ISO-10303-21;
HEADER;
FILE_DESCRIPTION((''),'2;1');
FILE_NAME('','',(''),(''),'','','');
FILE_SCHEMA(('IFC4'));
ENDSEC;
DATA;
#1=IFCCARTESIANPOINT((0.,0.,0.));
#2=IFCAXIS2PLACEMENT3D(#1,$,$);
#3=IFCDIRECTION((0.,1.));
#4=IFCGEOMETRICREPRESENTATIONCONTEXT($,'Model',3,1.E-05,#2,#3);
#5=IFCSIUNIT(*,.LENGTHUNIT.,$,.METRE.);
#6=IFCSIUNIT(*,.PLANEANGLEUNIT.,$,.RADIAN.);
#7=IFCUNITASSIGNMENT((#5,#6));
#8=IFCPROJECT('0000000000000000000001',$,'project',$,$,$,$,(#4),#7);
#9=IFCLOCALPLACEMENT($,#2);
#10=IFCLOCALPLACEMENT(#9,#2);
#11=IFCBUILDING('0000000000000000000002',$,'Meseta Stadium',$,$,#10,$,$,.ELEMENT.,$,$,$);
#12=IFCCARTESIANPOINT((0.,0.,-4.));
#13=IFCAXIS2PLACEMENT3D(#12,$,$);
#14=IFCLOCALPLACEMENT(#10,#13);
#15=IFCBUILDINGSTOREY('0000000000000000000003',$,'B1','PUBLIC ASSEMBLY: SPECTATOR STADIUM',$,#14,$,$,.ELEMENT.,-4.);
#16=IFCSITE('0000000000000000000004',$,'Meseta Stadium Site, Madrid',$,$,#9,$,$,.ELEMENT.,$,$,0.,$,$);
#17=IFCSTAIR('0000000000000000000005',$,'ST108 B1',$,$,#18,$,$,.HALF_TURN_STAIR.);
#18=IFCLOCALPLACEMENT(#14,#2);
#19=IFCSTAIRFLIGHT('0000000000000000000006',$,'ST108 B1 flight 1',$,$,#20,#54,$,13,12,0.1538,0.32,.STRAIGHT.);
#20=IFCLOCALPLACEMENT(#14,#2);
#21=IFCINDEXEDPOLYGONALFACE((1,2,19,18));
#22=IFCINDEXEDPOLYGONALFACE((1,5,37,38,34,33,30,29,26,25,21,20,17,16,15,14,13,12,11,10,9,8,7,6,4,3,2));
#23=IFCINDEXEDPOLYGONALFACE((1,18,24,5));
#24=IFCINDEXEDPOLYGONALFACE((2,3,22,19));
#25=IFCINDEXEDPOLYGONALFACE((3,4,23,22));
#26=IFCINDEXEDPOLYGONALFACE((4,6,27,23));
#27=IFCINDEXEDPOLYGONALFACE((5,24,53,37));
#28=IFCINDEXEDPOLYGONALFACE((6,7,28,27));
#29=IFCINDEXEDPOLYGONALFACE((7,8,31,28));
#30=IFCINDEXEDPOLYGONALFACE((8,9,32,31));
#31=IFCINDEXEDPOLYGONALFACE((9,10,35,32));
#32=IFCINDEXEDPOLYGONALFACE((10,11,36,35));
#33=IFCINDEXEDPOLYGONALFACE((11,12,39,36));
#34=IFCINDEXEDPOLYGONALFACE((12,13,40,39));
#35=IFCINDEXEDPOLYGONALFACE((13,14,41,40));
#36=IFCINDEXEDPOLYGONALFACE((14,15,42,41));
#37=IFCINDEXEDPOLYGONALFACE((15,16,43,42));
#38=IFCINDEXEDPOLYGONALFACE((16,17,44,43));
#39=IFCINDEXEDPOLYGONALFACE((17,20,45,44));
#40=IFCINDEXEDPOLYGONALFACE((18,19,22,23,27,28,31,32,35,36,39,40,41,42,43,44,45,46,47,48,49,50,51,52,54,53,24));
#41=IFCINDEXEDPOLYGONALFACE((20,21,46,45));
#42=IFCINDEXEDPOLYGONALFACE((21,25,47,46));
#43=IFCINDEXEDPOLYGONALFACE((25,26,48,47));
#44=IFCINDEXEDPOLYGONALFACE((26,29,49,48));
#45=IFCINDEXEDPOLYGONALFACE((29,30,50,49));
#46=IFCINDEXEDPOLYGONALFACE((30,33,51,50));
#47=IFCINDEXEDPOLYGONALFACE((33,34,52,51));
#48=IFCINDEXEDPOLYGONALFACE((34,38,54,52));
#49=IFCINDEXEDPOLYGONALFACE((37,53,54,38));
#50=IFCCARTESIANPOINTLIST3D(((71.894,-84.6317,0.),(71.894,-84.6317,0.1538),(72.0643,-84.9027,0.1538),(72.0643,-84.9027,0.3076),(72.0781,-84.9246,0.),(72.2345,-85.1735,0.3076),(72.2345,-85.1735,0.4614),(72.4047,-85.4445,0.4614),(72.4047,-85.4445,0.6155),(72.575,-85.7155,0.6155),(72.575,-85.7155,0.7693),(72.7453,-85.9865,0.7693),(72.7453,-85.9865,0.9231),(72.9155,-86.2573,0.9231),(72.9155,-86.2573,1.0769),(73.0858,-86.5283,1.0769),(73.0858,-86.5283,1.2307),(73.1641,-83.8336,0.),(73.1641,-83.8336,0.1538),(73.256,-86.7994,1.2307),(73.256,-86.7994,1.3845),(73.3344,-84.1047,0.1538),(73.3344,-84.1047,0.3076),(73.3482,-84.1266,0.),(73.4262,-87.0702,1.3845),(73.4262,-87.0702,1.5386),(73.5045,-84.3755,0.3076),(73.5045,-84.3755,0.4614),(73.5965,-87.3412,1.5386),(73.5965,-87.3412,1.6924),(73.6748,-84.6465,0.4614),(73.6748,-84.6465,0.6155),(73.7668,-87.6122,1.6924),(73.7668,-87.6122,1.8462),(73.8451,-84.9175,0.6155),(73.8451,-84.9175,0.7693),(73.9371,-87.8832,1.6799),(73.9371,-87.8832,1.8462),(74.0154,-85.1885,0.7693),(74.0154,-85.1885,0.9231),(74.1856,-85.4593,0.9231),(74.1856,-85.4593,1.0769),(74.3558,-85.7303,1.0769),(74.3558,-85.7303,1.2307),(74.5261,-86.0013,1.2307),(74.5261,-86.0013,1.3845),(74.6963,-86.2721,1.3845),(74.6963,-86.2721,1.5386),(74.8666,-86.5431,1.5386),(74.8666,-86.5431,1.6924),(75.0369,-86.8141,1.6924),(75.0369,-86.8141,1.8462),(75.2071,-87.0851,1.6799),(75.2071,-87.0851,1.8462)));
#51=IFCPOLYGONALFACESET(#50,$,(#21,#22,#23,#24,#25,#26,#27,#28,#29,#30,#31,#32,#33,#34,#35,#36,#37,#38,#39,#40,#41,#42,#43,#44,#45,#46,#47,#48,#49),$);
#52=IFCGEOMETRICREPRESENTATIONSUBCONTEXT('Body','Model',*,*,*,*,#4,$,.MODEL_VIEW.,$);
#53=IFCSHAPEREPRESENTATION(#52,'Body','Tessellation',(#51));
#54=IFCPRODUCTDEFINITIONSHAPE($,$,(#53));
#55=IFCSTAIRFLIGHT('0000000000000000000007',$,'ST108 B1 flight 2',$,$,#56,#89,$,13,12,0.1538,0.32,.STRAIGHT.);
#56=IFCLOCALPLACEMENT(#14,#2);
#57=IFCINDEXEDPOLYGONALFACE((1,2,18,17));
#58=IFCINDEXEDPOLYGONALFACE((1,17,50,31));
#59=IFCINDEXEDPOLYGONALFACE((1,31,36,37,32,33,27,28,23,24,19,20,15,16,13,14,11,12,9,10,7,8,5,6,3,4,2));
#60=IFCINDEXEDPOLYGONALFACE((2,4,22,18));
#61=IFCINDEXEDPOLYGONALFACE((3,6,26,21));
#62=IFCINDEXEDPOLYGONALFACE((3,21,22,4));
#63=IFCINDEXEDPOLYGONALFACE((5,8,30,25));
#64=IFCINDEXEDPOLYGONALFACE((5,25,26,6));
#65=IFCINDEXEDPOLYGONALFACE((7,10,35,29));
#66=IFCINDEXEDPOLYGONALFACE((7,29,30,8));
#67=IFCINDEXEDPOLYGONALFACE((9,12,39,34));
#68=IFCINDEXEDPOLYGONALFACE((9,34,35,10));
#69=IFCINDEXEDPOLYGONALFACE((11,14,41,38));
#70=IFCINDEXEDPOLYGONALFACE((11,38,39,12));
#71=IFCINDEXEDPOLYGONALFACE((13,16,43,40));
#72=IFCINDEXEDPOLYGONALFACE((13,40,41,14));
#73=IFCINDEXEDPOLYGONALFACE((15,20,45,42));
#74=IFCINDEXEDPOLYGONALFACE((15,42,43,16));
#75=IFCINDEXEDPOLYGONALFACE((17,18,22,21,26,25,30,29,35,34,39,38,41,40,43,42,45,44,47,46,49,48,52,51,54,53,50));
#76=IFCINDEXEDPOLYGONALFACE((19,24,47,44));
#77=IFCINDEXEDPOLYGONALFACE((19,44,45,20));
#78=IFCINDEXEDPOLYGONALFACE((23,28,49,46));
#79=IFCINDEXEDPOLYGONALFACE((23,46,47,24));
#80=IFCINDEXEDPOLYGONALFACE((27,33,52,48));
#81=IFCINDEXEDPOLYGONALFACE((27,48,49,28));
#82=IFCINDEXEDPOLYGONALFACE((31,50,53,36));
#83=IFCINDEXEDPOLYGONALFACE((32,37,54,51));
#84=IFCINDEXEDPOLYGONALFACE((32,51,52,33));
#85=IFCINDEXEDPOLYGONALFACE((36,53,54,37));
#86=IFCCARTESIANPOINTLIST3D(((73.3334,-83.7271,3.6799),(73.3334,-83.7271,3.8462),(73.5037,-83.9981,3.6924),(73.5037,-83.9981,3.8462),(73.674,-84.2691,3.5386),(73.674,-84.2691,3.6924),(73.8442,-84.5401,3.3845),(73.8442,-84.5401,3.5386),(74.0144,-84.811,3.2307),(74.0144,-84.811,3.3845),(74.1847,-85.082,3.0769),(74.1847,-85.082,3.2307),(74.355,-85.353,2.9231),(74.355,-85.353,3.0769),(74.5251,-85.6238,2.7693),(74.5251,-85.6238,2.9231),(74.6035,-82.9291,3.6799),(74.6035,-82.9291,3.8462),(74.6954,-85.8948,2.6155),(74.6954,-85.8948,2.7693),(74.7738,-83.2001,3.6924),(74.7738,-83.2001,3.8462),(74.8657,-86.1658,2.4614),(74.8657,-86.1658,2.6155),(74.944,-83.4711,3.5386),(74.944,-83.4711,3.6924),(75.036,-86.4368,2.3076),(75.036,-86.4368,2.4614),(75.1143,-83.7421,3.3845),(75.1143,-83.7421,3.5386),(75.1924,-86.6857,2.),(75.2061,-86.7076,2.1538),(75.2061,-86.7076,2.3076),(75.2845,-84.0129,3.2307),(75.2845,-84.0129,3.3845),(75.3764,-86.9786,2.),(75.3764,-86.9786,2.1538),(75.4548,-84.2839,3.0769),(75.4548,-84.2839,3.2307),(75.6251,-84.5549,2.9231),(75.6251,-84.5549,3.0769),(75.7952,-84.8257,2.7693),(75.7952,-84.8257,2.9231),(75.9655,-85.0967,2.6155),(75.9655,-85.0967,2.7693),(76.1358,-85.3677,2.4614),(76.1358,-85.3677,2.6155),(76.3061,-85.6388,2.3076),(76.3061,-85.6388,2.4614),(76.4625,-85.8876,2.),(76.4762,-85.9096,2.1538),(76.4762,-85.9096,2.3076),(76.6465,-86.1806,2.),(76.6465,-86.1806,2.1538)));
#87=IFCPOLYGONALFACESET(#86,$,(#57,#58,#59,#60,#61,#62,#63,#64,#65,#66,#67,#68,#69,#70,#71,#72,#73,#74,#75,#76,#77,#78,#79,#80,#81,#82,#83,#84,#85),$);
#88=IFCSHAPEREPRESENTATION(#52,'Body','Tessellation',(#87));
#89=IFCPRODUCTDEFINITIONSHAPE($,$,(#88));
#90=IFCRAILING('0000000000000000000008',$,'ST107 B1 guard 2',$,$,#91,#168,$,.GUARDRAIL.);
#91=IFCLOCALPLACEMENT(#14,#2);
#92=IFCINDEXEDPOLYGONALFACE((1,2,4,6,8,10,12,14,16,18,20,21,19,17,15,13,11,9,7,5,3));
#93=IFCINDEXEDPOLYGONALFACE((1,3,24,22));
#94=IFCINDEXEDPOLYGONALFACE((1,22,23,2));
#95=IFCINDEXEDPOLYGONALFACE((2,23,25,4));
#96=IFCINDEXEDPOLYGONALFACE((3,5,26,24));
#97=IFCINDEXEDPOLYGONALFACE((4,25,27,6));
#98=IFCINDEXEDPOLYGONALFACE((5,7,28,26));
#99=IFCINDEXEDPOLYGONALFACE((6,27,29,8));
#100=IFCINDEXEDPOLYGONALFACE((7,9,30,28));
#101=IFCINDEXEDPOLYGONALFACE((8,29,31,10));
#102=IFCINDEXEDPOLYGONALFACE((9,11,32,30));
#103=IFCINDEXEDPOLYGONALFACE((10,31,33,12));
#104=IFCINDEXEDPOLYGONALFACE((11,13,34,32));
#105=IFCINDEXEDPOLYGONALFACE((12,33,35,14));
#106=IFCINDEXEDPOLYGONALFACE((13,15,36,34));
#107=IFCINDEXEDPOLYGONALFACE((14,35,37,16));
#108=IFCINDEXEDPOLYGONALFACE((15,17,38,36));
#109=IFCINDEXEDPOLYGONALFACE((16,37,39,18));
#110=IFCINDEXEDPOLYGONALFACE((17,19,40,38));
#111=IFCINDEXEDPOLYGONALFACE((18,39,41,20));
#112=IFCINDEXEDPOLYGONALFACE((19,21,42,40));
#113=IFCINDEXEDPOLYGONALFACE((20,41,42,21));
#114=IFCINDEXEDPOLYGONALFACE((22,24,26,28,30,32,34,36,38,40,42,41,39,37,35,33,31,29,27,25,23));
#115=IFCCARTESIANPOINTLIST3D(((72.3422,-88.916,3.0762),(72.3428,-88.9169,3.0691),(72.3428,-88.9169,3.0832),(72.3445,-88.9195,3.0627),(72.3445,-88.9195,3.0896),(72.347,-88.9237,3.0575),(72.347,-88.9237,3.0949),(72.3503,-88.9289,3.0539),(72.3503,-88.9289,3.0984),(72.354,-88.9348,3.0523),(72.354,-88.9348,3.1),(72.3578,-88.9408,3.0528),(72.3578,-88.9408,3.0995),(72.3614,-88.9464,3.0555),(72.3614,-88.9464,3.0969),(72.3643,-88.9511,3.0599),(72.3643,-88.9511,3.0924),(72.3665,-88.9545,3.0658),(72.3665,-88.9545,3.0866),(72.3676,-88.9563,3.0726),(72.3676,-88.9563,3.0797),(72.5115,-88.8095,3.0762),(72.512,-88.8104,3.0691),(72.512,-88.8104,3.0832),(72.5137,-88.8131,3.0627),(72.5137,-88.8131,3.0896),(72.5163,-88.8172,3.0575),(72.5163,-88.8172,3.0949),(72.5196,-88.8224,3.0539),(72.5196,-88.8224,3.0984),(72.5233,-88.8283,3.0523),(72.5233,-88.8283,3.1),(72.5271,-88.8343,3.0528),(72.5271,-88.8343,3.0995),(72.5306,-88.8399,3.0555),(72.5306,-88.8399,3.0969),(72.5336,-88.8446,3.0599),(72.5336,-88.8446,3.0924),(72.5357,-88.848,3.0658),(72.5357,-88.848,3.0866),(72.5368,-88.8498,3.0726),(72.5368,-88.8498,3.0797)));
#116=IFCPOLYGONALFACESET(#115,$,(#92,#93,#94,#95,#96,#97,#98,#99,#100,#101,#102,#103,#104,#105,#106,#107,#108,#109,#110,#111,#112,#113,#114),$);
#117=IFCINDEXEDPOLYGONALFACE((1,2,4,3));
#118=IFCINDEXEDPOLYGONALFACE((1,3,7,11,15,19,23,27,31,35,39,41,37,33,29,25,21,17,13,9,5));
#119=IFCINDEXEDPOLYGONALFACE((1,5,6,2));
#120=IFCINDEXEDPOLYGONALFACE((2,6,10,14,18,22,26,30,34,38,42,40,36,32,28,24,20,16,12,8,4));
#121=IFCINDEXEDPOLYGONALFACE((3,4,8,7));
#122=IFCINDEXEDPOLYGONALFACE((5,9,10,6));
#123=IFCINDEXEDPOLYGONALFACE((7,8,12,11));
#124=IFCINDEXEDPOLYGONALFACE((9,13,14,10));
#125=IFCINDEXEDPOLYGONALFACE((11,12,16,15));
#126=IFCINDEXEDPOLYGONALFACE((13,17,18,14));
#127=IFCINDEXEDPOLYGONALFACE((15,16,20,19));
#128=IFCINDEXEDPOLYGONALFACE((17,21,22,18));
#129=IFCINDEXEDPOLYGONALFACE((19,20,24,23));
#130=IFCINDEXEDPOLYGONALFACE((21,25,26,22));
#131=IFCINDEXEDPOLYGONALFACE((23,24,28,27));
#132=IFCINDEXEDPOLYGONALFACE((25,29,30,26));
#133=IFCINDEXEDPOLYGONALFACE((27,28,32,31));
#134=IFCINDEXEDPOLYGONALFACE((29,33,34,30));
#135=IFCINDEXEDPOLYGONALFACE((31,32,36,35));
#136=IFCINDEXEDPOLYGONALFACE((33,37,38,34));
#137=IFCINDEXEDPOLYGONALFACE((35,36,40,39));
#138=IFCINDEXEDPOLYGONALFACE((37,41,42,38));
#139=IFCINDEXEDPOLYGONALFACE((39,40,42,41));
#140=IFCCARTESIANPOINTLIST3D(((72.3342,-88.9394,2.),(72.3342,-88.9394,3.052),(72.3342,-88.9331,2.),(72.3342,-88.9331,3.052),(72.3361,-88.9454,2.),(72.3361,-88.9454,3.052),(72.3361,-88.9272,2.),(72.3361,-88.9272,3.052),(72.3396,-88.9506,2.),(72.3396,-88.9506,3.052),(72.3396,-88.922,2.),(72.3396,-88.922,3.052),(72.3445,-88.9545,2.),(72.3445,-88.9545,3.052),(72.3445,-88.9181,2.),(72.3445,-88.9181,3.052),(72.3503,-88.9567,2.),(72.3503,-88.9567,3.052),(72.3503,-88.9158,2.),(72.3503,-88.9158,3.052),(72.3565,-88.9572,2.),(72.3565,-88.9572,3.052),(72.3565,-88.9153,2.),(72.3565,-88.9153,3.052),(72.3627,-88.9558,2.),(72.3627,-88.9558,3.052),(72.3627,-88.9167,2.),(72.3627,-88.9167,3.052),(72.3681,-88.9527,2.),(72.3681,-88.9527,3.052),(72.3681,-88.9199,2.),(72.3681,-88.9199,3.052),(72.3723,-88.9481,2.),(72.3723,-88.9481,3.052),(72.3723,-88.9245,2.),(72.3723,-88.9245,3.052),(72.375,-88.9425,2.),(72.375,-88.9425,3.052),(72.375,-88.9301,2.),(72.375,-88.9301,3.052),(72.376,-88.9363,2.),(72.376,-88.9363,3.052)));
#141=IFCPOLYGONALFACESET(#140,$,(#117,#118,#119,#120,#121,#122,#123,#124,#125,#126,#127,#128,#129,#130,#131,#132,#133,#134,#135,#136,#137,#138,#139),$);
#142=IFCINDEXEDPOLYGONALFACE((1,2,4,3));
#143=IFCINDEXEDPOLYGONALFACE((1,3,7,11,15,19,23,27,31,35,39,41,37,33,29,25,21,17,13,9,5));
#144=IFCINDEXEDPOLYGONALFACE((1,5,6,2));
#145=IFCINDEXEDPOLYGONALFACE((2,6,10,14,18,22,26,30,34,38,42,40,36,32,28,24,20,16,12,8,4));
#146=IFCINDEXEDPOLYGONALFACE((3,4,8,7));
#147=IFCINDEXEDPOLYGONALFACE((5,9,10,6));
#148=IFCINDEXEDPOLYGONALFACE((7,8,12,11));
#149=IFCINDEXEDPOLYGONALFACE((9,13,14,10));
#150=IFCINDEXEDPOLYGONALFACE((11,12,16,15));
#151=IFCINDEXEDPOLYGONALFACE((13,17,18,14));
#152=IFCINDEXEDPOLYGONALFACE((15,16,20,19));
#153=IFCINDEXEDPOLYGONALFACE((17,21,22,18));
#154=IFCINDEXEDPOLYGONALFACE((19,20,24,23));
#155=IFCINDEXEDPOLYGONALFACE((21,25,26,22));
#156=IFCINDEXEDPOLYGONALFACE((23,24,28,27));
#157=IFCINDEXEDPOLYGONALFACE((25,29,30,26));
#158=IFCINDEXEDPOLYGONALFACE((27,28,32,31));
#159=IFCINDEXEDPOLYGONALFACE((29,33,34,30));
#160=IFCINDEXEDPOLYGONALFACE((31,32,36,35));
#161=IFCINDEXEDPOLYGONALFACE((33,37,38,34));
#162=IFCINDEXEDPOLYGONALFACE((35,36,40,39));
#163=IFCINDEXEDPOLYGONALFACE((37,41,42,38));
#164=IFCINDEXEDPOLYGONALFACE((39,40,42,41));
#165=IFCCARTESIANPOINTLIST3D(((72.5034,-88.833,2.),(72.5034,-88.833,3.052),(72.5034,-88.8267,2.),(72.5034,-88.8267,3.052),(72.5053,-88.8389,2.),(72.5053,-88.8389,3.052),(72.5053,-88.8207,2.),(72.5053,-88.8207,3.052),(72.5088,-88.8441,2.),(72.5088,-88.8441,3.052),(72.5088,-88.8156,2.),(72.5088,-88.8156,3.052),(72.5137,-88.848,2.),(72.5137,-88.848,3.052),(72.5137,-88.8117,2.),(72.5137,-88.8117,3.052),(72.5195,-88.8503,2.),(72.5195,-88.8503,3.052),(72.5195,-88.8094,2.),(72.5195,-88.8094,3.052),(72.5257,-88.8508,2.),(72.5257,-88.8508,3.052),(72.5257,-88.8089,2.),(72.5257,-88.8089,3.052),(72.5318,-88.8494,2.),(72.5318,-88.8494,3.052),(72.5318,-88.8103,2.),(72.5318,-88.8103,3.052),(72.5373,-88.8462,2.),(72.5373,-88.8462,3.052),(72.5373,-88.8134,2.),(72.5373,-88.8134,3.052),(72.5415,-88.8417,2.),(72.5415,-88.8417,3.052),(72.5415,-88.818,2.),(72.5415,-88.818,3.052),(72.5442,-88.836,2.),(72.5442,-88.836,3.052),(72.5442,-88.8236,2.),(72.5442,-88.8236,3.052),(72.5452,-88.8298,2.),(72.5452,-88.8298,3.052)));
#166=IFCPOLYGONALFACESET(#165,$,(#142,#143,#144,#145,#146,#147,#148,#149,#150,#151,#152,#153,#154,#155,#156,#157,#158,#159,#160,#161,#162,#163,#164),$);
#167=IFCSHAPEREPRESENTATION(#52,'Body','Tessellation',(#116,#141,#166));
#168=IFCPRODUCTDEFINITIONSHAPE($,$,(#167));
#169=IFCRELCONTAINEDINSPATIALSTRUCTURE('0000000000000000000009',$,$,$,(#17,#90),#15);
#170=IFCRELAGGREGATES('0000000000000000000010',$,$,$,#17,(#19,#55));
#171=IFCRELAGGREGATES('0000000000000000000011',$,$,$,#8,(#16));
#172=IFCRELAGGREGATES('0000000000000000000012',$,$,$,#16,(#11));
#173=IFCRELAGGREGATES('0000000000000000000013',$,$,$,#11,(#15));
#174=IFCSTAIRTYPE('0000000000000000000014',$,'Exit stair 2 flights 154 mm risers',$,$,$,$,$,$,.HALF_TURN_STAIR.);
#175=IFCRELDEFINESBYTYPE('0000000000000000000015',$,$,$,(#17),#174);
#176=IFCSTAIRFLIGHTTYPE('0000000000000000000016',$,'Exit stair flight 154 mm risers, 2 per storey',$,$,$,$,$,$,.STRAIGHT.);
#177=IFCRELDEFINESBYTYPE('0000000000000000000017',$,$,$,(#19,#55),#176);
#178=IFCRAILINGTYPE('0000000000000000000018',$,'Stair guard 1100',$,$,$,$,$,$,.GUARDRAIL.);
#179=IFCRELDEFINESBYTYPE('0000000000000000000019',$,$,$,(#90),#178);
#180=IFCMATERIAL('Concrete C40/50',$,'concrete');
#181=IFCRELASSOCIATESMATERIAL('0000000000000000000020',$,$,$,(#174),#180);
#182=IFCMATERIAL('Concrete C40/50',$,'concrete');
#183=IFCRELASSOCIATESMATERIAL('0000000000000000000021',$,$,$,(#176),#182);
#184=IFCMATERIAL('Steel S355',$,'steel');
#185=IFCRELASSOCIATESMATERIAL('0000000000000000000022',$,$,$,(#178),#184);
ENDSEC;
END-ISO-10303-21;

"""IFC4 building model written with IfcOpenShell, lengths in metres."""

from ifc_helpers import new_model, si_unit, direction, frame, origin, origin_2d, place, context, subcontext, project, spatial, polyline, circle, outline, extrude, material, type_object, element, aggregate, save


model = new_model("IFC4")

# Units and contexts
model_context = context("Model", 3, precision=1e-05, world=origin(), true_north=direction((0.0, 1.0)))
body_context = subcontext(model_context, "Body", "Model", "MODEL_VIEW")
ifc_project = project(units=[si_unit("LENGTHUNIT", "METRE"), si_unit("PLANEANGLEUNIT", "RADIAN")], contexts=[model_context])

# Site, building, storey
site_placement = place(None, origin())
site = spatial("IfcSite", under=ifc_project, at=site_placement, Name="Meseta Stadium Site, Madrid", CompositionType="ELEMENT", RefElevation=0.0)
building_placement = place(site_placement, origin())
building = spatial("IfcBuilding", under=site, at=building_placement, Name="Meseta Stadium", CompositionType="ELEMENT")
storey_placement = place(building_placement, frame((0.0, 0.0, -4.0)))
storey = spatial("IfcBuildingStorey", under=building, at=storey_placement, Name="B1", Description="PUBLIC ASSEMBLY: SPECTATOR STADIUM", CompositionType="ELEMENT", Elevation=-4.0)

# Shared definitions
ifc_material_1 = material(Name="Concrete C40/50", Category="concrete")
stair_type = type_object("IfcStairType", Name="Exit stair 2 flights 154 mm risers", PredefinedType="HALF_TURN_STAIR", material=ifc_material_1)
ifc_material_2 = material(Name="Concrete C40/50", Category="concrete")
stair_flight_type = type_object("IfcStairFlightType", Name="Exit stair flight 154 mm risers, 2 per storey", PredefinedType="STRAIGHT", material=ifc_material_2)

# Stair, stair flights
stair_1_placement = place(storey_placement, origin())
stair_1 = element("IfcStair", 1, at=stair_1_placement, inside=storey, type_object=stair_type, Name="ST108 B1", PredefinedType="HALF_TURN_STAIR")
stair_flight_1_placement = place(storey_placement, frame((72.5291, -84.2327, 0.0), z_axis=(0.0, 0.0, 1.0), x_axis=(0.532032, -0.846724, 0.0)))
stair_flight_1 = element("IfcStairFlight", 2, at=stair_flight_1_placement, type_object=stair_flight_type, Name="ST108 B1 flight 1", NumberOfRisers=13, NumberOfTreads=12, PredefinedType="STRAIGHT", RiserHeight=0.1538, TreadLength=0.32, context=body_context, shape_type="SweptSolid", body=[
    extrude(outline(polyline([(0.0, 0.0), (0.0, 0.1538), (0.3201, 0.1538), (0.3201, 0.3076), (0.6399, 0.3076), (0.6399, 0.4614), (0.96, 0.4614), (0.96, 0.6155), (1.28, 0.6155), (1.28, 0.7693), (1.6001, 0.7693), (1.6001, 0.9231), (1.9199, 0.9231), (1.9199, 1.0769), (2.24, 1.0769), (2.24, 1.2307), (2.5601, 1.2307), (2.5601, 1.3845), (2.8799, 1.3845), (2.8799, 1.5386), (3.2, 1.5386), (3.2, 1.6924), (3.52, 1.6924), (3.52, 1.8462), (3.8401, 1.8462), (3.8401, 1.6799), (0.3459, 0.0), (0.0, 0.0)])), frame((0.0, 0.75, 0.0), z_axis=(0.0, -1.0, 0.0), x_axis=(1.0, 0.0, 0.0)), (0.0, 0.0, 1.0), 1.5),
])
stair_flight_2_placement = place(storey_placement, frame((76.0115, -86.5796, 2.0), z_axis=(0.0, 0.0, 1.0), x_axis=(-0.532032, 0.846724, 0.0)))
stair_flight_2 = element("IfcStairFlight", 3, at=stair_flight_2_placement, type_object=stair_flight_type, Name="ST108 B1 flight 2", NumberOfRisers=13, NumberOfTreads=12, PredefinedType="STRAIGHT", RiserHeight=0.1538, TreadLength=0.32, context=body_context, shape_type="SweptSolid", body=[
    extrude(outline(polyline([(0.0, 0.0), (0.0, 0.1538), (0.3201, 0.1538), (0.3201, 0.3076), (0.6399, 0.3076), (0.6399, 0.4614), (0.96, 0.4614), (0.96, 0.6155), (1.28, 0.6155), (1.28, 0.7693), (1.6001, 0.7693), (1.6001, 0.9231), (1.9199, 0.9231), (1.9199, 1.0769), (2.24, 1.0769), (2.24, 1.2307), (2.5601, 1.2307), (2.5601, 1.3845), (2.8799, 1.3845), (2.8799, 1.5386), (3.2, 1.5386), (3.2, 1.6924), (3.52, 1.6924), (3.52, 1.8462), (3.8401, 1.8462), (3.8401, 1.6799), (0.3459, 0.0), (0.0, 0.0)])), frame((0.0, 0.75, 0.0), z_axis=(0.0, -1.0, 0.0), x_axis=(1.0, 0.0, 0.0)), (0.0, 0.0, 1.0), 1.5),
])
aggregate(stair_1, [stair_flight_1, stair_flight_2])

# Railing
ifc_material_3 = material(Name="Steel S355", Category="steel")
railing_type_1 = type_object("IfcRailingType", Name="Stair guard 1100", PredefinedType="GUARDRAIL", material=ifc_material_3)
railing_1_placement = place(storey_placement, frame((72.355, -88.9363, 2.0)))
element("IfcRailing", 4, at=railing_1_placement, inside=storey, type_object=railing_type_1, Name="ST107 B1 guard 2", PredefinedType="GUARDRAIL", context=body_context, shape_type="SweptSolid", body=[
    extrude(circle(Radius=0.0239, at=origin_2d()), frame((0.0, 0.0, 1.0762), z_axis=(0.846416, 0.532522, 0.0), x_axis=(-0.532522, 0.846416, 0.0)), (0.0, 0.0, 1.0), 0.2),
    extrude(circle(Radius=0.021, at=origin_2d()), origin(), (0.0, 0.0, 1.0), 1.052),
    extrude(circle(Radius=0.021, at=origin_2d()), frame((0.1692, 0.1064, 0.0)), (0.0, 0.0, 1.0), 1.052),
])

save(model, "model.ifc")
